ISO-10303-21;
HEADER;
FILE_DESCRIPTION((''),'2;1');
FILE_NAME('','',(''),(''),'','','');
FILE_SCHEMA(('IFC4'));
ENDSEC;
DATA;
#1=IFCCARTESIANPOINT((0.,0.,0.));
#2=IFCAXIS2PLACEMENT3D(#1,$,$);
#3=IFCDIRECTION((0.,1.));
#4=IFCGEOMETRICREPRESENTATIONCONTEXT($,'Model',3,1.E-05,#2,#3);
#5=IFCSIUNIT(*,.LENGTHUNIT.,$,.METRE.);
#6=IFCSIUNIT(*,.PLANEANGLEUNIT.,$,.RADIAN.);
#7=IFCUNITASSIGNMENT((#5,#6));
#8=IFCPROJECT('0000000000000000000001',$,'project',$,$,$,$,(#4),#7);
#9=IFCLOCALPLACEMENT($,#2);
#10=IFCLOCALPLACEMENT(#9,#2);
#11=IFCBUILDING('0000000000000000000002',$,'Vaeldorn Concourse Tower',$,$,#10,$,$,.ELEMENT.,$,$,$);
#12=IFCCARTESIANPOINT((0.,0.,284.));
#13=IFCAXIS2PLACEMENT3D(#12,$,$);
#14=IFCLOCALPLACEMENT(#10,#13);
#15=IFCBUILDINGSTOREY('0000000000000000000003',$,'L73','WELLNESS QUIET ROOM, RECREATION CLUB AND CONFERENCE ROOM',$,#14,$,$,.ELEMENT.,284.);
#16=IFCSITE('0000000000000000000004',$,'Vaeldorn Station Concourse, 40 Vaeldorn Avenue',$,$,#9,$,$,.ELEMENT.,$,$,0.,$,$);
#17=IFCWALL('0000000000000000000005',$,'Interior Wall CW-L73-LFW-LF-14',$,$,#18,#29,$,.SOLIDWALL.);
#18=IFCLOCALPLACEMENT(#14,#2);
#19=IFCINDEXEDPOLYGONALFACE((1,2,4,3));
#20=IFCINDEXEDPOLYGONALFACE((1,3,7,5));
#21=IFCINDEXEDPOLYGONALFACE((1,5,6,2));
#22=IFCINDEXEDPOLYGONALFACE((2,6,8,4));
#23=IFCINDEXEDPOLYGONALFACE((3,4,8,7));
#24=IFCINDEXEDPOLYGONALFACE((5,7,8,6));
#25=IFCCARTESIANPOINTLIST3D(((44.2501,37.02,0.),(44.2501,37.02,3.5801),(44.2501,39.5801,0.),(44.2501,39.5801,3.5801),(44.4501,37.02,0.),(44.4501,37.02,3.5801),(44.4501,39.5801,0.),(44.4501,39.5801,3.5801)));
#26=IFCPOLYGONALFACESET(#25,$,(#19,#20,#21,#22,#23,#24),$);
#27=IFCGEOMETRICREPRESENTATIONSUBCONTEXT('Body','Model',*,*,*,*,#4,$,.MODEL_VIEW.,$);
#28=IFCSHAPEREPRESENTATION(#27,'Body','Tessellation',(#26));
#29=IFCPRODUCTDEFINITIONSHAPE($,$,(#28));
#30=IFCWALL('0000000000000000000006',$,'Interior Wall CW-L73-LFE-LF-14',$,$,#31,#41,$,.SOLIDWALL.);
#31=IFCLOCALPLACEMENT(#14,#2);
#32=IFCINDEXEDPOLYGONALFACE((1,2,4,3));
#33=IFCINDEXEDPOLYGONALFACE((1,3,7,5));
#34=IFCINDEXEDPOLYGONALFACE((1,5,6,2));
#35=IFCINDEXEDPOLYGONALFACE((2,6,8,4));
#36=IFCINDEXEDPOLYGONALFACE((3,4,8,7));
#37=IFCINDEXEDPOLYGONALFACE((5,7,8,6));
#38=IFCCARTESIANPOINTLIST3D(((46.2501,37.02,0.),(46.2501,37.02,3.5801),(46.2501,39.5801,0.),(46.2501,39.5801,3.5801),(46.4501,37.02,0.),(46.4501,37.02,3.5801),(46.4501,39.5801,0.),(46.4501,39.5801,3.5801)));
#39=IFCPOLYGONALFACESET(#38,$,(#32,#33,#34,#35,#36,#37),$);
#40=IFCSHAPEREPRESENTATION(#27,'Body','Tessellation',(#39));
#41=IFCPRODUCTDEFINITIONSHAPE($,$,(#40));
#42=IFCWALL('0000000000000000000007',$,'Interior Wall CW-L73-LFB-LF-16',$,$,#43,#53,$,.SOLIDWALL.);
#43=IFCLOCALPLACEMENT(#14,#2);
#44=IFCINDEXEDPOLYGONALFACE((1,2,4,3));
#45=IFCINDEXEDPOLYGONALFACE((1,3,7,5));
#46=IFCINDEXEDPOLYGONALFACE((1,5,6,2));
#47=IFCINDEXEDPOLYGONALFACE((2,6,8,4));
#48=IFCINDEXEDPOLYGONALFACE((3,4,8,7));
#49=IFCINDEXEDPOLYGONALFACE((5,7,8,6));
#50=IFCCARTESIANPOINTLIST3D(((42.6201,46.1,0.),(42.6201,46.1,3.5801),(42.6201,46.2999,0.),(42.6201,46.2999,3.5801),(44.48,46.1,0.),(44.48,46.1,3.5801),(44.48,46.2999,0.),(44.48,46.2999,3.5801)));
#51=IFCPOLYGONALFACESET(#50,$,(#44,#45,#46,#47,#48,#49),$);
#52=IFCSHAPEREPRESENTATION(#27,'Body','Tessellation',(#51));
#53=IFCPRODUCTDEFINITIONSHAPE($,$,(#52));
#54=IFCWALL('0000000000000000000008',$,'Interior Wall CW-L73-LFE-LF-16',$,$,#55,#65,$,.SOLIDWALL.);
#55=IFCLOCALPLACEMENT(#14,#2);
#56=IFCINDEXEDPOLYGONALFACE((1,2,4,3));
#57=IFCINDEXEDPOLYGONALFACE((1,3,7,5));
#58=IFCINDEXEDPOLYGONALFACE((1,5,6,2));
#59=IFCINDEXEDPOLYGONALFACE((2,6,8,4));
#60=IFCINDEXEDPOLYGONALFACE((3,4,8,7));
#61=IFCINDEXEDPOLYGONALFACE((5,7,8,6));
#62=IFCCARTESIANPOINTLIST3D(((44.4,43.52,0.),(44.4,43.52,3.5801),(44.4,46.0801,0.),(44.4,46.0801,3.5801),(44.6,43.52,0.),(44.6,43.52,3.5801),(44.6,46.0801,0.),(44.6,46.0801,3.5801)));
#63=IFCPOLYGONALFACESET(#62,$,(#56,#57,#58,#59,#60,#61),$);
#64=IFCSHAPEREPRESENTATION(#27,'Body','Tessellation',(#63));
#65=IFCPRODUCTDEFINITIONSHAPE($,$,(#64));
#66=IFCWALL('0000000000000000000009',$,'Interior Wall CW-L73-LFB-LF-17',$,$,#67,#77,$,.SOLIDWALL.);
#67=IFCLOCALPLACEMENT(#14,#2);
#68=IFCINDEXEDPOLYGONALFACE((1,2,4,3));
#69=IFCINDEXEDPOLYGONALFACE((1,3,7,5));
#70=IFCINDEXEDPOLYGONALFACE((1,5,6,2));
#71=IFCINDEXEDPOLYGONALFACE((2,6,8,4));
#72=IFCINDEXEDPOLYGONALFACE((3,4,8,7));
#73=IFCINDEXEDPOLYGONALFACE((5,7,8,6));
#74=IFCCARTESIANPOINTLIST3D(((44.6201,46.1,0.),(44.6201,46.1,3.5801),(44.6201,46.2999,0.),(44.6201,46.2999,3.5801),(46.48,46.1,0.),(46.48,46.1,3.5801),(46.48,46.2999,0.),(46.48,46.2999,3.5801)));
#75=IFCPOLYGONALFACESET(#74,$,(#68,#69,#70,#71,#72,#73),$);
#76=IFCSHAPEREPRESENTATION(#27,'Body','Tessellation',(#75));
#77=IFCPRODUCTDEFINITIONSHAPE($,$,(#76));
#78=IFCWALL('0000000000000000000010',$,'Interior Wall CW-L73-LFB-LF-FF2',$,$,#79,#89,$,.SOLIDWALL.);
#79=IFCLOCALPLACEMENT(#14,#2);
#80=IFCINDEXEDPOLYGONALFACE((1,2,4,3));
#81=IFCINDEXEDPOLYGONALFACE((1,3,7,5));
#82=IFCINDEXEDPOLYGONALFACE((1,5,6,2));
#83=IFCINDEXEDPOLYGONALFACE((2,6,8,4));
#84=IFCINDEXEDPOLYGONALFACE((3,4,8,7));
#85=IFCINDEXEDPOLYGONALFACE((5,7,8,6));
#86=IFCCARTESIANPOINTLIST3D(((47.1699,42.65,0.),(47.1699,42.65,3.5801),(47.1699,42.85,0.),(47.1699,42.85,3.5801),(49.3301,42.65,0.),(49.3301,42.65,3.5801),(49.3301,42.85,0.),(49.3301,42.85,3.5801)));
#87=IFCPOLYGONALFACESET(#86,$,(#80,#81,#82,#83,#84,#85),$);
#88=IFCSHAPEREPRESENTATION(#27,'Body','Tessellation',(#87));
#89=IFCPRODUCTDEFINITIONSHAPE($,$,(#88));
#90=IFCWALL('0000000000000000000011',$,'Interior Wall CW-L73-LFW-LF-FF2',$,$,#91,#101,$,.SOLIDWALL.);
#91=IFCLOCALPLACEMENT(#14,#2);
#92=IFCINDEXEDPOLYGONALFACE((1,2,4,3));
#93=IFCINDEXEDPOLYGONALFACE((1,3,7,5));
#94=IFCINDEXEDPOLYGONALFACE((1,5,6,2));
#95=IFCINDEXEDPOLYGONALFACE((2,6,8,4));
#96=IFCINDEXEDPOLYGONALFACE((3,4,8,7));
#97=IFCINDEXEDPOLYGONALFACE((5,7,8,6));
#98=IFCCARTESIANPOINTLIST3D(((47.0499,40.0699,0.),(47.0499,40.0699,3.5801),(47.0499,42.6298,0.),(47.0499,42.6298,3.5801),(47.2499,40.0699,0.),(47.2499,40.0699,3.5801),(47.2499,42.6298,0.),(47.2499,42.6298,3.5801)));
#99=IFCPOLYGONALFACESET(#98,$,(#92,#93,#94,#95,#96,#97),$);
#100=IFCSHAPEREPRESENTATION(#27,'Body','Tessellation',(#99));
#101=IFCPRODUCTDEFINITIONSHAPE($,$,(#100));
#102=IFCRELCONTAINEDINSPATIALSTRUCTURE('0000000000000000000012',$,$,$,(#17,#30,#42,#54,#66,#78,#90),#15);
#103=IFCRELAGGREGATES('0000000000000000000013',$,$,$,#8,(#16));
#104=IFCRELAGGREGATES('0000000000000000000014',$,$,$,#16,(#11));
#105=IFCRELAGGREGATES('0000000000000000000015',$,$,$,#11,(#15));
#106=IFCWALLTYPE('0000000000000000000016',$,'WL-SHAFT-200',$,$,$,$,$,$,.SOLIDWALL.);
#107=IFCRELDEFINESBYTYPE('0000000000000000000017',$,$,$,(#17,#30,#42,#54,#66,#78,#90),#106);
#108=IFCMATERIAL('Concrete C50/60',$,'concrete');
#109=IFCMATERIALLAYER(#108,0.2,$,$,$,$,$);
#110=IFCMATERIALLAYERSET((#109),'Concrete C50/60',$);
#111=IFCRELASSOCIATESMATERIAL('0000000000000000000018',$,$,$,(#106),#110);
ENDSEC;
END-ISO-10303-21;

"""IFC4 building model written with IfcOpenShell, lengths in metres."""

from ifc_helpers import new_model, si_unit, direction, frame, frame_2d, origin, place, context, subcontext, project, spatial, rectangle, extrude, material, layer, layer_set, type_object, element, save


model = new_model("IFC4")

# Units and contexts
model_context = context("Model", 3, precision=1e-05, world=origin(), true_north=direction((0.0, 1.0)))
body_context = subcontext(model_context, "Body", "Model", "MODEL_VIEW")
ifc_project = project(units=[si_unit("LENGTHUNIT", "METRE"), si_unit("PLANEANGLEUNIT", "RADIAN")], contexts=[model_context])

# Site, building, storey
site_placement = place(None, origin())
site = spatial("IfcSite", under=ifc_project, at=site_placement, Name="Vaeldorn Station Concourse, 40 Vaeldorn Avenue", CompositionType="ELEMENT", RefElevation=0.0)
building_placement = place(site_placement, origin())
building = spatial("IfcBuilding", under=site, at=building_placement, Name="Vaeldorn Concourse Tower", CompositionType="ELEMENT")
storey_placement = place(building_placement, frame((0.0, 0.0, 284.0)))
storey = spatial("IfcBuildingStorey", under=building, at=storey_placement, Name="L73", Description="WELLNESS QUIET ROOM, RECREATION CLUB AND CONFERENCE ROOM", CompositionType="ELEMENT", Elevation=284.0)

# Shared definitions
ifc_material_1 = material(Name="Concrete C50/60", Category="concrete")

# Shared definitions
ifc_layer_1 = layer(ifc_material_1, 0.2)
ifc_layer_set_1 = layer_set([ifc_layer_1], Name="Concrete C50/60")
wall_type_1 = type_object("IfcWallType", Name="WL-SHAFT-200", PredefinedType="SOLIDWALL", material=ifc_layer_set_1)

# Walls
for number, where, z_axis, x_axis, name in (
    (1, (44.3501, 37.02, 0.0), (0.0, 0.0, 1.0), (0.0, 1.0, 0.0), "Interior Wall CW-L73-LFW-LF-14"),
    (2, (46.3501, 37.02, 0.0), (0.0, 0.0, 1.0), (0.0, 1.0, 0.0), "Interior Wall CW-L73-LFE-LF-14"),
):
    element("IfcWall", number, at=place(storey_placement, frame(where, z_axis=z_axis, x_axis=x_axis)), inside=storey, type_object=wall_type_1, Name=name, PredefinedType="SOLIDWALL", context=body_context, shape_type="SweptSolid", body=[
        extrude(rectangle(XDim=2.5601, YDim=0.2, at=frame_2d((1.28, 0.0))), origin(), (0.0, 0.0, 1.0), 3.5801),
    ])
wall_1_placement = place(storey_placement, frame((42.6201, 46.2, 0.0), z_axis=(0.0, 0.0, 1.0), x_axis=(1.0, 0.0, 0.0)))
element("IfcWall", 3, at=wall_1_placement, inside=storey, type_object=wall_type_1, Name="Interior Wall CW-L73-LFB-LF-16", PredefinedType="SOLIDWALL", context=body_context, shape_type="SweptSolid", body=[
    extrude(rectangle(XDim=1.8599, YDim=0.2, at=frame_2d((0.9299, 0.0))), origin(), (0.0, 0.0, 1.0), 3.5801),
])
wall_2_placement = place(storey_placement, frame((44.5, 43.52, 0.0), z_axis=(0.0, 0.0, 1.0), x_axis=(0.0, 1.0, 0.0)))
element("IfcWall", 4, at=wall_2_placement, inside=storey, type_object=wall_type_1, Name="Interior Wall CW-L73-LFE-LF-16", PredefinedType="SOLIDWALL", context=body_context, shape_type="SweptSolid", body=[
    extrude(rectangle(XDim=2.5601, YDim=0.2, at=frame_2d((1.28, 0.0))), origin(), (0.0, 0.0, 1.0), 3.5801),
])

# Wall
wall_3_placement = place(storey_placement, frame((44.6201, 46.2, 0.0), z_axis=(0.0, 0.0, 1.0), x_axis=(1.0, 0.0, 0.0)))
element("IfcWall", 5, at=wall_3_placement, inside=storey, type_object=wall_type_1, Name="Interior Wall CW-L73-LFB-LF-17", PredefinedType="SOLIDWALL", context=body_context, shape_type="SweptSolid", body=[
    extrude(rectangle(XDim=1.8599, YDim=0.2, at=frame_2d((0.9299, 0.0))), origin(), (0.0, 0.0, 1.0), 3.5801),
])

# Walls
wall_4_placement = place(storey_placement, frame((47.1699, 42.75, 0.0), z_axis=(0.0, 0.0, 1.0), x_axis=(1.0, 0.0, 0.0)))
element("IfcWall", 6, at=wall_4_placement, inside=storey, type_object=wall_type_1, Name="Interior Wall CW-L73-LFB-LF-FF2", PredefinedType="SOLIDWALL", context=body_context, shape_type="SweptSolid", body=[
    extrude(rectangle(XDim=2.1602, YDim=0.2, at=frame_2d((1.0801, 0.0))), origin(), (0.0, 0.0, 1.0), 3.5801),
])
wall_5_placement = place(storey_placement, frame((47.1499, 40.0701, 0.0), z_axis=(0.0, 0.0, 1.0), x_axis=(0.0, 1.0, 0.0)))
element("IfcWall", 7, at=wall_5_placement, inside=storey, type_object=wall_type_1, Name="Interior Wall CW-L73-LFW-LF-FF2", PredefinedType="SOLIDWALL", context=body_context, shape_type="SweptSolid", body=[
    extrude(rectangle(XDim=2.5598, YDim=0.2, at=frame_2d((1.2798, 0.0))), origin(), (0.0, 0.0, 1.0), 3.5801),
])

save(model, "model.ifc")
